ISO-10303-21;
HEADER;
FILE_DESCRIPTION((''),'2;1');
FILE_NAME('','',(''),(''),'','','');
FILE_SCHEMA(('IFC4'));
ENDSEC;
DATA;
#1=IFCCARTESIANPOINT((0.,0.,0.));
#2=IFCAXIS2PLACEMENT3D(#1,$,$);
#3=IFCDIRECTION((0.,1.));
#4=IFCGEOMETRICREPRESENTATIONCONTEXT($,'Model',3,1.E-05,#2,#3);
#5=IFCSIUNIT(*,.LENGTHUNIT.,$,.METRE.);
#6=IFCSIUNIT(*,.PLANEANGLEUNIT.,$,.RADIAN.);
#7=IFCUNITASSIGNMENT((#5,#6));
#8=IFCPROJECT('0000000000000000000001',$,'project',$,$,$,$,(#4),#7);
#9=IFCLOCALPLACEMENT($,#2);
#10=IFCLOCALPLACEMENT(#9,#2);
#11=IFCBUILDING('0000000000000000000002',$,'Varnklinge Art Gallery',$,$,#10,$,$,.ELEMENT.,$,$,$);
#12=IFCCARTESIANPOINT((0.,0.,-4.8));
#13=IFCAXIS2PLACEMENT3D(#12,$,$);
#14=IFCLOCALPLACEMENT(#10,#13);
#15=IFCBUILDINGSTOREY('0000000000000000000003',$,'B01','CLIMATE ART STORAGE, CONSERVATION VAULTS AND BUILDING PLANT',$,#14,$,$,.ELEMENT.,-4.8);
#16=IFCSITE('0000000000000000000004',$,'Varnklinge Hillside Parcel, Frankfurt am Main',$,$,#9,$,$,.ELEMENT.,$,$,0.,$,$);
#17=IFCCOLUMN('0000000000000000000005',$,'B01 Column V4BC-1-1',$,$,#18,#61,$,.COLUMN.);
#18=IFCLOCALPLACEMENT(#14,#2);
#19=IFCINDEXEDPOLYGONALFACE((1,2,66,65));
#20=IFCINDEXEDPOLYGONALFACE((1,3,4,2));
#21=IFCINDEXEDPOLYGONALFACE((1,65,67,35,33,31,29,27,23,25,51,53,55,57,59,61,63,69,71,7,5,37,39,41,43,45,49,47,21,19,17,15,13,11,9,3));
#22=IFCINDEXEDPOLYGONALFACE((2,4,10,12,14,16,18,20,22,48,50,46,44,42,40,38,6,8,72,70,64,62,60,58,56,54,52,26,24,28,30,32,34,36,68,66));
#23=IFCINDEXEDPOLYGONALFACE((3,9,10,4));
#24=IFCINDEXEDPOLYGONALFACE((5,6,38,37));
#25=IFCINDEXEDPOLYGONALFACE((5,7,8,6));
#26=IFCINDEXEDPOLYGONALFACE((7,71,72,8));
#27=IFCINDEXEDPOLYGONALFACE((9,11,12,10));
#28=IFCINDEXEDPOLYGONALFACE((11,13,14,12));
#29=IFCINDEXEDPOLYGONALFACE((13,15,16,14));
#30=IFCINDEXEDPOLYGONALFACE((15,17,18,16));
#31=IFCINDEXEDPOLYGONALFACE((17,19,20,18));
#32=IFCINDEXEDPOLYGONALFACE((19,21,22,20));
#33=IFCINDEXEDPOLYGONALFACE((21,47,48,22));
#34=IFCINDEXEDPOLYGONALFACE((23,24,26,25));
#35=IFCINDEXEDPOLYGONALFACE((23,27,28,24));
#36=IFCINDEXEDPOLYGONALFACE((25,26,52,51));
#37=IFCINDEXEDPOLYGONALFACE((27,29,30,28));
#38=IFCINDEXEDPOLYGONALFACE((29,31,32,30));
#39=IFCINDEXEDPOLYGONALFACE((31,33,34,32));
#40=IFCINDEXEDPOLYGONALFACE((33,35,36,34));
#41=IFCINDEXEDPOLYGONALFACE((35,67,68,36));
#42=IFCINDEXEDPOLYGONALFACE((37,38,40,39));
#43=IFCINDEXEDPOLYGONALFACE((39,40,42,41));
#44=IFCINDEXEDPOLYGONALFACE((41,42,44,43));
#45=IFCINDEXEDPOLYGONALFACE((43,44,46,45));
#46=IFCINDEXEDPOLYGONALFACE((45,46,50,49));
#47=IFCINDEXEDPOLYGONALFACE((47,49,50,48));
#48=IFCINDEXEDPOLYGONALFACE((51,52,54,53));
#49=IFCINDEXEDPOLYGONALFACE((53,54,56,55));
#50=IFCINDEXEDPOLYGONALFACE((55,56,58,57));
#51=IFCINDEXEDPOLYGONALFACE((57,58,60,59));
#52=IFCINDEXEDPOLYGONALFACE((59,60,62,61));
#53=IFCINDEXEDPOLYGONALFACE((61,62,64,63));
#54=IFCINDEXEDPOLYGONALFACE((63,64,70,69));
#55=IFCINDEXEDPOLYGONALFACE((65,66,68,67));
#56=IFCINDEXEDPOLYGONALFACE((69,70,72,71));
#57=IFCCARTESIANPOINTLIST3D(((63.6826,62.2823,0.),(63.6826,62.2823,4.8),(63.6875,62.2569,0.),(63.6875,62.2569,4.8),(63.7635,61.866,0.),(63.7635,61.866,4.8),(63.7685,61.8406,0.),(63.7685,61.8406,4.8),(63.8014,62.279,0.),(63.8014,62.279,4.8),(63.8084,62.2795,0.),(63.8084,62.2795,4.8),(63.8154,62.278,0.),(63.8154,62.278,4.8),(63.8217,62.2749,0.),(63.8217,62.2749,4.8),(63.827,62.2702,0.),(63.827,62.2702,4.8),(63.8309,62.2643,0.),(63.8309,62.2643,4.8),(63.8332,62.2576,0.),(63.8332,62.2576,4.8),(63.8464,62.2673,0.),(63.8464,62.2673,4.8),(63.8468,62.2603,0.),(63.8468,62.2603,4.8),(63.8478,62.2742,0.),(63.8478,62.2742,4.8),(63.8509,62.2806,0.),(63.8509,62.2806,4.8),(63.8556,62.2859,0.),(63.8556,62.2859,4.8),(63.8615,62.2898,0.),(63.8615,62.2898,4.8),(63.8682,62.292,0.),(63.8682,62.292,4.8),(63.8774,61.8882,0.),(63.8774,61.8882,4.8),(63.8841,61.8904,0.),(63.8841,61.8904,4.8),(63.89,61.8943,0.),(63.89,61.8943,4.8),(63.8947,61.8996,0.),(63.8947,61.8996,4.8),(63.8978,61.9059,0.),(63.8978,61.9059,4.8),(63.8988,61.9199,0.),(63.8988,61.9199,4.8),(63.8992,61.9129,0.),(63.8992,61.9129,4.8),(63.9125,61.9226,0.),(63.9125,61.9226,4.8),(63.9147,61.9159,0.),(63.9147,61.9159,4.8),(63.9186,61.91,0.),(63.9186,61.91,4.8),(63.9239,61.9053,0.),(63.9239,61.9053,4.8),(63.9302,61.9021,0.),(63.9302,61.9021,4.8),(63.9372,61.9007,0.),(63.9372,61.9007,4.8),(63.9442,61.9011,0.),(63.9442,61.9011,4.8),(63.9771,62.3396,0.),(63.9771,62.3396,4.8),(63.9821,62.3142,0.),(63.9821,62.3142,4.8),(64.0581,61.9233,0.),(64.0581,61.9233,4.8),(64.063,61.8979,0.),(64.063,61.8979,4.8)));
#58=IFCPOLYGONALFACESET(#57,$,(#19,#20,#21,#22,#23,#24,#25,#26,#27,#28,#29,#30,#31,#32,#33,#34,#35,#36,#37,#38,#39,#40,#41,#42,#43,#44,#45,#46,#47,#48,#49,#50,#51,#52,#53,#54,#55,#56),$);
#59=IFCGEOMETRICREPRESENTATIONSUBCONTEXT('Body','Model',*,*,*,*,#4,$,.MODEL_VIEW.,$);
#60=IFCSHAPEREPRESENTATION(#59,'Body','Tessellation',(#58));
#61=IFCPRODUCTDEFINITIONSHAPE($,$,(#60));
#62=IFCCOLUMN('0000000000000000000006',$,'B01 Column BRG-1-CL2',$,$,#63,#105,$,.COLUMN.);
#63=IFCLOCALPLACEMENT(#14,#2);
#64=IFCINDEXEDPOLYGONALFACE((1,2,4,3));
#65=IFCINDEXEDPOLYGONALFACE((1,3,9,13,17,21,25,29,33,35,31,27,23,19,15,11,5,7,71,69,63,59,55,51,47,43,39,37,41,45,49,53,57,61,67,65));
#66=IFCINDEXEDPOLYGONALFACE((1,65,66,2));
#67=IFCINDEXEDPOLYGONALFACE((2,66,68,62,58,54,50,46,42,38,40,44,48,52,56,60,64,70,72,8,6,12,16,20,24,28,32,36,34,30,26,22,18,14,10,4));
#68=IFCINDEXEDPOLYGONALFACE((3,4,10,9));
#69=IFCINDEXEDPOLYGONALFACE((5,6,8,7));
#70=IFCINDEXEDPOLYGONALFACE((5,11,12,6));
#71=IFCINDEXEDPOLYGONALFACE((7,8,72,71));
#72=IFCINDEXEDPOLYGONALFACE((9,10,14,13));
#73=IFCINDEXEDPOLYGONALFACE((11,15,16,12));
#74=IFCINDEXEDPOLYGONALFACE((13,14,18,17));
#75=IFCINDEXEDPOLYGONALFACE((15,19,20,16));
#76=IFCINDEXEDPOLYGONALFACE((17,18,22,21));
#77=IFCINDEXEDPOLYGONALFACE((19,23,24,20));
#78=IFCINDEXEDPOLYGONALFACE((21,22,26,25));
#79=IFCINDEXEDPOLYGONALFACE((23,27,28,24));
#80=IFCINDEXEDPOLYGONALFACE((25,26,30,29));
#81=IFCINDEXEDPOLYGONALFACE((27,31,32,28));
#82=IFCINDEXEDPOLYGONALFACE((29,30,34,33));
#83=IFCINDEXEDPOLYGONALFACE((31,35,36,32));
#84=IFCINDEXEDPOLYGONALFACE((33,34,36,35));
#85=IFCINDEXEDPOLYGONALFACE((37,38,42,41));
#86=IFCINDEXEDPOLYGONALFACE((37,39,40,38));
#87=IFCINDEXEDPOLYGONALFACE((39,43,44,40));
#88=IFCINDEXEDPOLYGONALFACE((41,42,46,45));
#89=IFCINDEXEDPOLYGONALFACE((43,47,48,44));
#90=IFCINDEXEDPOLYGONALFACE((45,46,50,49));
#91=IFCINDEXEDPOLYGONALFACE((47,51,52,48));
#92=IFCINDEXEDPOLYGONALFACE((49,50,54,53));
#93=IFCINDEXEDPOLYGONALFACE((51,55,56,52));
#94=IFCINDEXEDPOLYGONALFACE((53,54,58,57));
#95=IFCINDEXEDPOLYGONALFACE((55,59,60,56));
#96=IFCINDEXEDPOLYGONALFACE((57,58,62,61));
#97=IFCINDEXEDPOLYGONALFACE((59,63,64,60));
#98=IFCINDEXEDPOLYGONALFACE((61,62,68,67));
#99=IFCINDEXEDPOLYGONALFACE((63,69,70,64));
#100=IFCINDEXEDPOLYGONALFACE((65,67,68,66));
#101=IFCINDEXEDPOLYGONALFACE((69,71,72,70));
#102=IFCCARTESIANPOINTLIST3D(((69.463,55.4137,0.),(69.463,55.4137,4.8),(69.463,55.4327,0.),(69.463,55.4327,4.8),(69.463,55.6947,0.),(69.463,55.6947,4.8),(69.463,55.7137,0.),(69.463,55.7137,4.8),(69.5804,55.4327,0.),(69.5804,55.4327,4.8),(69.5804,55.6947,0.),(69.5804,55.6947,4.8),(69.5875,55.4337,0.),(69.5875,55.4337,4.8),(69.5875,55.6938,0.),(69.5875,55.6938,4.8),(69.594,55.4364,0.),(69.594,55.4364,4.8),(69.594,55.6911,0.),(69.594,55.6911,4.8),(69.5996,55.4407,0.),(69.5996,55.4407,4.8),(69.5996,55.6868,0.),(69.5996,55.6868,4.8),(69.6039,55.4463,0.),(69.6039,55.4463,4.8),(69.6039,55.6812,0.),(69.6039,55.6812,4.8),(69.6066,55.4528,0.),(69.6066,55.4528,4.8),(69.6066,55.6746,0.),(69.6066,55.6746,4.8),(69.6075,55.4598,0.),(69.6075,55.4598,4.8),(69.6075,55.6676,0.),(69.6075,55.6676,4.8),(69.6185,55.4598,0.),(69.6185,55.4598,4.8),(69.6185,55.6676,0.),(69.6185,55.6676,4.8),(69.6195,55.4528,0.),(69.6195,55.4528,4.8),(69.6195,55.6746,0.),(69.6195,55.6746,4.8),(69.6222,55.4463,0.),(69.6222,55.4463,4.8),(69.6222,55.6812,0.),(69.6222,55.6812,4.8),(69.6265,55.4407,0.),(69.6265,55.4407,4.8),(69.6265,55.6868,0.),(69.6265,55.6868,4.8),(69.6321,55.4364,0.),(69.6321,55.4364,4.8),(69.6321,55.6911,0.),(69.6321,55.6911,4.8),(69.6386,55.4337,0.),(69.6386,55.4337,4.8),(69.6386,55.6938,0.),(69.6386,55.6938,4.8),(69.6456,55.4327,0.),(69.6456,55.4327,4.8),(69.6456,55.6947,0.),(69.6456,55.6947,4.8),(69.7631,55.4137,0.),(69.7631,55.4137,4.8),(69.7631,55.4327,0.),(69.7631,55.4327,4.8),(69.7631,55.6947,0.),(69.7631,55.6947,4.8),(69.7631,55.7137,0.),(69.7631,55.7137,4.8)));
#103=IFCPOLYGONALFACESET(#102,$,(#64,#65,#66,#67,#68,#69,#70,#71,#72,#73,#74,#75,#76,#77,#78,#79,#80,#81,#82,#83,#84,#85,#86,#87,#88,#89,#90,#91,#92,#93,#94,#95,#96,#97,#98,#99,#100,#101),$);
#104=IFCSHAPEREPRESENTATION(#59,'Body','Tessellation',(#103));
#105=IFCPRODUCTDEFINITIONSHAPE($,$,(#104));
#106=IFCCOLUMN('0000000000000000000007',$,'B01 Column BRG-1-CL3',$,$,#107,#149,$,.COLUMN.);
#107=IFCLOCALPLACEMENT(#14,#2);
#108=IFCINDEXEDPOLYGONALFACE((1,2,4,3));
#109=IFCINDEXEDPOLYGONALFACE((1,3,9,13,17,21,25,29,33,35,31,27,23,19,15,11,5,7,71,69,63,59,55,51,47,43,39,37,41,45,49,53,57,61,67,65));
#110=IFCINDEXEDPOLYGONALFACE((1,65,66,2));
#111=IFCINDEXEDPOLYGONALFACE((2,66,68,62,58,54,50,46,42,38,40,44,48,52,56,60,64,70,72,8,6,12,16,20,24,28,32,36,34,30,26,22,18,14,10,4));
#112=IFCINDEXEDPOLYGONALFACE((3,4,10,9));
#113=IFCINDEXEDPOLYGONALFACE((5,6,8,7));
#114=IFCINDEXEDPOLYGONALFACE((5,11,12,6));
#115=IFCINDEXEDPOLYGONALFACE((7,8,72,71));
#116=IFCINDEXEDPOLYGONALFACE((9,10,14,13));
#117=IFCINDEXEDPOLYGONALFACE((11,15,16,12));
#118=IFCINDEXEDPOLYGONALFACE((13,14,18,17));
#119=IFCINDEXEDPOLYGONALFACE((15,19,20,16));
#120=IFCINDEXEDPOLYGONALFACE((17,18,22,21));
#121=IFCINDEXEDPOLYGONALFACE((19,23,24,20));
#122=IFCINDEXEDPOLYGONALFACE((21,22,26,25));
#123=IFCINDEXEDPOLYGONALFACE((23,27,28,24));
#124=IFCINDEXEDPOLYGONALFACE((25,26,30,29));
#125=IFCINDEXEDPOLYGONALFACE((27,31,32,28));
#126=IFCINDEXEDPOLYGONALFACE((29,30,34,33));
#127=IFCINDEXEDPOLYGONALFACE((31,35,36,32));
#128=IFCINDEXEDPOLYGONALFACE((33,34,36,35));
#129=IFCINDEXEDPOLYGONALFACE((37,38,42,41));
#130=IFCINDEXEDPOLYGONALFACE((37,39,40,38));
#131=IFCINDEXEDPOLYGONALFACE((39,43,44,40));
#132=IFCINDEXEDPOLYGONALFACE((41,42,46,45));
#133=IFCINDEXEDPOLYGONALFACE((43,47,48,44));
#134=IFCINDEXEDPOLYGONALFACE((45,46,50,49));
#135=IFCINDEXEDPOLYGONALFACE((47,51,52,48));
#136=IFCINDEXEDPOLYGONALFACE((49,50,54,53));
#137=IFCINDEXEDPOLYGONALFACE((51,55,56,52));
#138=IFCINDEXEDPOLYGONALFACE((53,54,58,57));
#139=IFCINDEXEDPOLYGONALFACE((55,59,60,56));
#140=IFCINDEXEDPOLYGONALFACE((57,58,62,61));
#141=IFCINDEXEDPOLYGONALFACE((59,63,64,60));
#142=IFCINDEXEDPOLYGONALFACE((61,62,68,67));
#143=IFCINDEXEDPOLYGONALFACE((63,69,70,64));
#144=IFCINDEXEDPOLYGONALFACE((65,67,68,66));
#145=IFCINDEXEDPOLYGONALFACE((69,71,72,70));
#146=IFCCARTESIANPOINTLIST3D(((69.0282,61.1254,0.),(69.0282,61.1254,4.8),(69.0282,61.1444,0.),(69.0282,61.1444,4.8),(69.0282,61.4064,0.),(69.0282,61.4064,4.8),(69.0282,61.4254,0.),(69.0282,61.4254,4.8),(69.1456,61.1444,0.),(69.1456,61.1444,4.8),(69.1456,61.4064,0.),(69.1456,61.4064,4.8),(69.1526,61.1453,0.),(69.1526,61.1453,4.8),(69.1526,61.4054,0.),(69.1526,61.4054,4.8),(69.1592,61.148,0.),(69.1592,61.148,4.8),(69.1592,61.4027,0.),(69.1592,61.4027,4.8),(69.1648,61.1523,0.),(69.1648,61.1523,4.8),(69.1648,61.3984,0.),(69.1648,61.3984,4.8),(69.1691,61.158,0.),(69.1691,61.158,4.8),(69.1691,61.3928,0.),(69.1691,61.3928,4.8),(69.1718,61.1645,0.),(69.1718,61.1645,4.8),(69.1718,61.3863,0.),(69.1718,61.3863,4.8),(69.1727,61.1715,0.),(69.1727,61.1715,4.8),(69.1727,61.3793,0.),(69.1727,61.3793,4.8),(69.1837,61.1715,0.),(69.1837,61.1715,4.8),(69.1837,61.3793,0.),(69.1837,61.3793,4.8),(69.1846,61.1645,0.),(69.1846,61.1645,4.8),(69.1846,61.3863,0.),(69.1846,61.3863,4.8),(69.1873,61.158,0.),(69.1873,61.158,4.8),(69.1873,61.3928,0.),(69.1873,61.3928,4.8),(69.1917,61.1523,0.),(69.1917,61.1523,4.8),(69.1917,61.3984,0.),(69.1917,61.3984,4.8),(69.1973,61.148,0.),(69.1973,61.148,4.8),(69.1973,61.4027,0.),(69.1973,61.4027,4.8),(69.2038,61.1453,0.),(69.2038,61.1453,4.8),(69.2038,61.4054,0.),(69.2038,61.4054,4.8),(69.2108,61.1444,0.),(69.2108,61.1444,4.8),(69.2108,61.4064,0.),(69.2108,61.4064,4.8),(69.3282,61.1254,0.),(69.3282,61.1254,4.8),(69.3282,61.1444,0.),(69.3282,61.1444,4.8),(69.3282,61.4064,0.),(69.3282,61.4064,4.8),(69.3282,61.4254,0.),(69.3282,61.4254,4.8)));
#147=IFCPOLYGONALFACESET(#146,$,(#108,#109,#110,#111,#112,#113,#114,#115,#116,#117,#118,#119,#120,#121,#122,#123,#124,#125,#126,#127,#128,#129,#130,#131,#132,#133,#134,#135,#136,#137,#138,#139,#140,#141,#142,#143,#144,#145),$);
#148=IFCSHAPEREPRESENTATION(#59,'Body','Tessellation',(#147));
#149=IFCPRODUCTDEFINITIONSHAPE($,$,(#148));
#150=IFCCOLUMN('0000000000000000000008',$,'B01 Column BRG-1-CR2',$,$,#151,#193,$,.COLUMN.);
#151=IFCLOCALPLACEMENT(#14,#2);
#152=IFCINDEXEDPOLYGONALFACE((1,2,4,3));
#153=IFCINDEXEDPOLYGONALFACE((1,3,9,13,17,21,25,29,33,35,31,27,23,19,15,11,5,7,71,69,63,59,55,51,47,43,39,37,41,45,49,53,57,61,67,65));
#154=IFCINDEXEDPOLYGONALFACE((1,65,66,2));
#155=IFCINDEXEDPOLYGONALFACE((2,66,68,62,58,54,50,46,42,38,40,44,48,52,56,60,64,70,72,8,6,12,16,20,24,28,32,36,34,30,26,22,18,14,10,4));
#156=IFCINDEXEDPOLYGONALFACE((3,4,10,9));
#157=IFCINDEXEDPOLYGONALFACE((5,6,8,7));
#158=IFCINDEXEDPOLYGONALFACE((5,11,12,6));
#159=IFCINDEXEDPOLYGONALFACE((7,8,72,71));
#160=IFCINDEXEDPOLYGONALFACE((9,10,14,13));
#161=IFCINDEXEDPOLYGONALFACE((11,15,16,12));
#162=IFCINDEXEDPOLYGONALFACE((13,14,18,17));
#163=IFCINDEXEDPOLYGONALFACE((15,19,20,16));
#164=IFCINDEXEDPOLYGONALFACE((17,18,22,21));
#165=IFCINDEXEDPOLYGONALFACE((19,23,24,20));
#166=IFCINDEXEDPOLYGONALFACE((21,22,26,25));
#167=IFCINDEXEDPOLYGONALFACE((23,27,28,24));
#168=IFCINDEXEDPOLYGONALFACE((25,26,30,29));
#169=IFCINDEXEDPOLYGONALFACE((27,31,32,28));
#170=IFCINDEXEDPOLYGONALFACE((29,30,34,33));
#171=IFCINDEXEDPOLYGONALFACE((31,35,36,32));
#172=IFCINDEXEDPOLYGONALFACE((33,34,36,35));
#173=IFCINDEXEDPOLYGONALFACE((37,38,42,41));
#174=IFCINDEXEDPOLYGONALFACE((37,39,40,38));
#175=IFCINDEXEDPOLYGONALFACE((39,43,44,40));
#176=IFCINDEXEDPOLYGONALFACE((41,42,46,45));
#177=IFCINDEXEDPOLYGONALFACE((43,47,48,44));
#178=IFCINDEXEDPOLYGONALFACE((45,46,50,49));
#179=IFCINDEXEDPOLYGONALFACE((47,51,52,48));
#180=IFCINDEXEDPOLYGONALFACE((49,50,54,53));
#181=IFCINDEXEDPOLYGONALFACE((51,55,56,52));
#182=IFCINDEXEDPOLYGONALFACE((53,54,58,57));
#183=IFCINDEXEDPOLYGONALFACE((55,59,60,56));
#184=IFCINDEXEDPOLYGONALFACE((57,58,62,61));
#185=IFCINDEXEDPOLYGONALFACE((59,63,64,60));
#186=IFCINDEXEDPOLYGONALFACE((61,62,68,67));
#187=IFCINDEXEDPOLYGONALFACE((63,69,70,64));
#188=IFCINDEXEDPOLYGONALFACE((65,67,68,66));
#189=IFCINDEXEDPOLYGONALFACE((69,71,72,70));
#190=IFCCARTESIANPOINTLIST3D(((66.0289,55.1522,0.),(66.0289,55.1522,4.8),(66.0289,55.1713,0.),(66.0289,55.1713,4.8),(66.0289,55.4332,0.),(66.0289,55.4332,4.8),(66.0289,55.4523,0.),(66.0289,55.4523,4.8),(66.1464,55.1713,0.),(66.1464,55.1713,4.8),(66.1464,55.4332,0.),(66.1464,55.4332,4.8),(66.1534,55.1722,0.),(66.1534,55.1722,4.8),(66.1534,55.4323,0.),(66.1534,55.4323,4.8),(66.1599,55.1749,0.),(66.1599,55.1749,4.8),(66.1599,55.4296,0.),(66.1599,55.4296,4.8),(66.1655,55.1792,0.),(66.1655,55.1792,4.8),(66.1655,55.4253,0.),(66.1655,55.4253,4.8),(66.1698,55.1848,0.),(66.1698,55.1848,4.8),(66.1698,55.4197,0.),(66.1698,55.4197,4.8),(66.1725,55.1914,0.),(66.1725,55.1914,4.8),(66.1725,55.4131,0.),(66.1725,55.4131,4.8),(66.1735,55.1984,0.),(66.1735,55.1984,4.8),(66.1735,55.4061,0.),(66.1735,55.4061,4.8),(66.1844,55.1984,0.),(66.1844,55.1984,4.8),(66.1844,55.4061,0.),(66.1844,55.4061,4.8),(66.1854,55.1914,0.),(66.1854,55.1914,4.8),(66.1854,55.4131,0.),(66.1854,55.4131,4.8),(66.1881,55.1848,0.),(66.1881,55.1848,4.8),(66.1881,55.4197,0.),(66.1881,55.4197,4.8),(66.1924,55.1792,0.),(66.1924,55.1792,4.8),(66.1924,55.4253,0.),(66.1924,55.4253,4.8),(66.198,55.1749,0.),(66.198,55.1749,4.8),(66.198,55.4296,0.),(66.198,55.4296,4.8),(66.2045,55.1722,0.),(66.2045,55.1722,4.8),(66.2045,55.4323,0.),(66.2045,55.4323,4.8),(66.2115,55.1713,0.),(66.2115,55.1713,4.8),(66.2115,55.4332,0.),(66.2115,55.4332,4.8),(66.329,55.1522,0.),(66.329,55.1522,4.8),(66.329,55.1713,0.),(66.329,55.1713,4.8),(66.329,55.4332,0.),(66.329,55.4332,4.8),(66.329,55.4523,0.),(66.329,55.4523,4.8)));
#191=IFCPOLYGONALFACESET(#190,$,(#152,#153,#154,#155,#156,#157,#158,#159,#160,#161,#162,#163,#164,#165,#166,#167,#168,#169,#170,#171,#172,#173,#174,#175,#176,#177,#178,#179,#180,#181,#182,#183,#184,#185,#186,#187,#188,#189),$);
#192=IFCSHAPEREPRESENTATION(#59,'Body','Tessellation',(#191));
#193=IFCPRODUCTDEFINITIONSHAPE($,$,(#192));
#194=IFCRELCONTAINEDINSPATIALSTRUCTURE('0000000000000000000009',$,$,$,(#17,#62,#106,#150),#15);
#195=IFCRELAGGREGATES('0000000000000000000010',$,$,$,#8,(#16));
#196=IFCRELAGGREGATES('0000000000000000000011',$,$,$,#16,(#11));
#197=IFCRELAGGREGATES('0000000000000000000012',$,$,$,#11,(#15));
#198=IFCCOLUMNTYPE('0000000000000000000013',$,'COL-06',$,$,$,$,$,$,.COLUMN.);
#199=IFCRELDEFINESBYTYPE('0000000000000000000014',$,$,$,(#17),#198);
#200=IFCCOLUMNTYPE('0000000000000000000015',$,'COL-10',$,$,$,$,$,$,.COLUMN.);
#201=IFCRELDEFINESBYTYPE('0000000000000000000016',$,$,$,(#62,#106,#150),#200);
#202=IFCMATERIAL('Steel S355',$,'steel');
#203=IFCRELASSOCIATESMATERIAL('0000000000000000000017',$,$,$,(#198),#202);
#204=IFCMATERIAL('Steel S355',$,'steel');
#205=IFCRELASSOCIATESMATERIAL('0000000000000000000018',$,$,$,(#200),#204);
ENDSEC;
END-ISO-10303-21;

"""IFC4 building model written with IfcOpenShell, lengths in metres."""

from ifc_helpers import new_model, si_unit, direction, frame, origin, origin_2d, place, context, subcontext, project, spatial, i_section, extrude, material, material_profile, profile_set, type_object, element, save


model = new_model("IFC4")

# Units and contexts
model_context = context("Model", 3, precision=1e-05, world=origin(), true_north=direction((0.0, 1.0)))
body_context = subcontext(model_context, "Body", "Model", "MODEL_VIEW")
ifc_project = project(units=[si_unit("LENGTHUNIT", "METRE"), si_unit("PLANEANGLEUNIT", "RADIAN")], contexts=[model_context])

# Site, building, storey
site_placement = place(None, origin())
site = spatial("IfcSite", under=ifc_project, at=site_placement, Name="Varnklinge Hillside Parcel, Frankfurt am Main", CompositionType="ELEMENT", RefElevation=0.0)
building_placement = place(site_placement, origin())
building = spatial("IfcBuilding", under=site, at=building_placement, Name="Varnklinge Art Gallery", CompositionType="ELEMENT")
storey_placement = place(building_placement, frame((0.0, 0.0, -4.8)))
storey = spatial("IfcBuildingStorey", under=building, at=storey_placement, Name="B01", Description="CLIMATE ART STORAGE, CONSERVATION VAULTS AND BUILDING PLANT", CompositionType="ELEMENT", Elevation=-4.8)

# Columns
ifc_material_1 = material(Name="Steel S355", Category="steel")
ifc_material_profile_1 = material_profile(ifc_material_1, i_section(OverallWidth=0.3, OverallDepth=0.45, WebThickness=0.0139, FlangeThickness=0.0259, FilletRadius=0.0271, at=origin_2d()), Name="HEB 450")
ifc_profile_set_1 = profile_set([ifc_material_profile_1], Name="Steel S355")
column_type_1 = type_object("IfcColumnType", Name="COL-06", PredefinedType="COLUMN", material=ifc_profile_set_1)
column_placement = place(storey_placement, frame((63.8728, 62.0901, 0.0), z_axis=(0.0, 0.0, 1.0), x_axis=(0.981627, 0.190809, 0.0)))
element("IfcColumn", 1, at=column_placement, inside=storey, type_object=column_type_1, Name="B01 Column V4BC-1-1", PredefinedType="COLUMN", context=body_context, shape_type="SweptSolid", body=[
    extrude(i_section(OverallWidth=0.3, OverallDepth=0.45, WebThickness=0.0139, FlangeThickness=0.0259, FilletRadius=0.0271, at=origin_2d()), origin(), (0.0, 0.0, 1.0), 4.8),
])
ifc_material_2 = material(Name="Steel S355", Category="steel")
ifc_material_profile_2 = material_profile(ifc_material_2, i_section(OverallWidth=0.3, OverallDepth=0.3, WebThickness=0.011, FlangeThickness=0.019, FilletRadius=0.0271, at=origin_2d()), Name="HEB 300")
ifc_profile_set_2 = profile_set([ifc_material_profile_2], Name="Steel S355")
column_type_2 = type_object("IfcColumnType", Name="COL-10", PredefinedType="COLUMN", material=ifc_profile_set_2)
for number, where, z_axis, x_axis, name in (
    (2, (69.613, 55.5637, 0.0), (0.0, 0.0, 1.0), (1.0, 0.0, 0.0), "B01 Column BRG-1-CL2"),
    (3, (69.1782, 61.2754, 0.0), (0.0, 0.0, 1.0), (1.0, 0.0, 0.0), "B01 Column BRG-1-CL3"),
    (4, (66.179, 55.3022, 0.0), (0.0, 0.0, 1.0), (1.0, 0.0, 0.0), "B01 Column BRG-1-CR2"),
):
    element("IfcColumn", number, at=place(storey_placement, frame(where, z_axis=z_axis, x_axis=x_axis)), inside=storey, type_object=column_type_2, Name=name, PredefinedType="COLUMN", context=body_context, shape_type="SweptSolid", body=[
        extrude(i_section(OverallWidth=0.3, OverallDepth=0.3, WebThickness=0.011, FlangeThickness=0.019, FilletRadius=0.0271, at=origin_2d()), origin(), (0.0, 0.0, 1.0), 4.8),
    ])

save(model, "model.ifc")
